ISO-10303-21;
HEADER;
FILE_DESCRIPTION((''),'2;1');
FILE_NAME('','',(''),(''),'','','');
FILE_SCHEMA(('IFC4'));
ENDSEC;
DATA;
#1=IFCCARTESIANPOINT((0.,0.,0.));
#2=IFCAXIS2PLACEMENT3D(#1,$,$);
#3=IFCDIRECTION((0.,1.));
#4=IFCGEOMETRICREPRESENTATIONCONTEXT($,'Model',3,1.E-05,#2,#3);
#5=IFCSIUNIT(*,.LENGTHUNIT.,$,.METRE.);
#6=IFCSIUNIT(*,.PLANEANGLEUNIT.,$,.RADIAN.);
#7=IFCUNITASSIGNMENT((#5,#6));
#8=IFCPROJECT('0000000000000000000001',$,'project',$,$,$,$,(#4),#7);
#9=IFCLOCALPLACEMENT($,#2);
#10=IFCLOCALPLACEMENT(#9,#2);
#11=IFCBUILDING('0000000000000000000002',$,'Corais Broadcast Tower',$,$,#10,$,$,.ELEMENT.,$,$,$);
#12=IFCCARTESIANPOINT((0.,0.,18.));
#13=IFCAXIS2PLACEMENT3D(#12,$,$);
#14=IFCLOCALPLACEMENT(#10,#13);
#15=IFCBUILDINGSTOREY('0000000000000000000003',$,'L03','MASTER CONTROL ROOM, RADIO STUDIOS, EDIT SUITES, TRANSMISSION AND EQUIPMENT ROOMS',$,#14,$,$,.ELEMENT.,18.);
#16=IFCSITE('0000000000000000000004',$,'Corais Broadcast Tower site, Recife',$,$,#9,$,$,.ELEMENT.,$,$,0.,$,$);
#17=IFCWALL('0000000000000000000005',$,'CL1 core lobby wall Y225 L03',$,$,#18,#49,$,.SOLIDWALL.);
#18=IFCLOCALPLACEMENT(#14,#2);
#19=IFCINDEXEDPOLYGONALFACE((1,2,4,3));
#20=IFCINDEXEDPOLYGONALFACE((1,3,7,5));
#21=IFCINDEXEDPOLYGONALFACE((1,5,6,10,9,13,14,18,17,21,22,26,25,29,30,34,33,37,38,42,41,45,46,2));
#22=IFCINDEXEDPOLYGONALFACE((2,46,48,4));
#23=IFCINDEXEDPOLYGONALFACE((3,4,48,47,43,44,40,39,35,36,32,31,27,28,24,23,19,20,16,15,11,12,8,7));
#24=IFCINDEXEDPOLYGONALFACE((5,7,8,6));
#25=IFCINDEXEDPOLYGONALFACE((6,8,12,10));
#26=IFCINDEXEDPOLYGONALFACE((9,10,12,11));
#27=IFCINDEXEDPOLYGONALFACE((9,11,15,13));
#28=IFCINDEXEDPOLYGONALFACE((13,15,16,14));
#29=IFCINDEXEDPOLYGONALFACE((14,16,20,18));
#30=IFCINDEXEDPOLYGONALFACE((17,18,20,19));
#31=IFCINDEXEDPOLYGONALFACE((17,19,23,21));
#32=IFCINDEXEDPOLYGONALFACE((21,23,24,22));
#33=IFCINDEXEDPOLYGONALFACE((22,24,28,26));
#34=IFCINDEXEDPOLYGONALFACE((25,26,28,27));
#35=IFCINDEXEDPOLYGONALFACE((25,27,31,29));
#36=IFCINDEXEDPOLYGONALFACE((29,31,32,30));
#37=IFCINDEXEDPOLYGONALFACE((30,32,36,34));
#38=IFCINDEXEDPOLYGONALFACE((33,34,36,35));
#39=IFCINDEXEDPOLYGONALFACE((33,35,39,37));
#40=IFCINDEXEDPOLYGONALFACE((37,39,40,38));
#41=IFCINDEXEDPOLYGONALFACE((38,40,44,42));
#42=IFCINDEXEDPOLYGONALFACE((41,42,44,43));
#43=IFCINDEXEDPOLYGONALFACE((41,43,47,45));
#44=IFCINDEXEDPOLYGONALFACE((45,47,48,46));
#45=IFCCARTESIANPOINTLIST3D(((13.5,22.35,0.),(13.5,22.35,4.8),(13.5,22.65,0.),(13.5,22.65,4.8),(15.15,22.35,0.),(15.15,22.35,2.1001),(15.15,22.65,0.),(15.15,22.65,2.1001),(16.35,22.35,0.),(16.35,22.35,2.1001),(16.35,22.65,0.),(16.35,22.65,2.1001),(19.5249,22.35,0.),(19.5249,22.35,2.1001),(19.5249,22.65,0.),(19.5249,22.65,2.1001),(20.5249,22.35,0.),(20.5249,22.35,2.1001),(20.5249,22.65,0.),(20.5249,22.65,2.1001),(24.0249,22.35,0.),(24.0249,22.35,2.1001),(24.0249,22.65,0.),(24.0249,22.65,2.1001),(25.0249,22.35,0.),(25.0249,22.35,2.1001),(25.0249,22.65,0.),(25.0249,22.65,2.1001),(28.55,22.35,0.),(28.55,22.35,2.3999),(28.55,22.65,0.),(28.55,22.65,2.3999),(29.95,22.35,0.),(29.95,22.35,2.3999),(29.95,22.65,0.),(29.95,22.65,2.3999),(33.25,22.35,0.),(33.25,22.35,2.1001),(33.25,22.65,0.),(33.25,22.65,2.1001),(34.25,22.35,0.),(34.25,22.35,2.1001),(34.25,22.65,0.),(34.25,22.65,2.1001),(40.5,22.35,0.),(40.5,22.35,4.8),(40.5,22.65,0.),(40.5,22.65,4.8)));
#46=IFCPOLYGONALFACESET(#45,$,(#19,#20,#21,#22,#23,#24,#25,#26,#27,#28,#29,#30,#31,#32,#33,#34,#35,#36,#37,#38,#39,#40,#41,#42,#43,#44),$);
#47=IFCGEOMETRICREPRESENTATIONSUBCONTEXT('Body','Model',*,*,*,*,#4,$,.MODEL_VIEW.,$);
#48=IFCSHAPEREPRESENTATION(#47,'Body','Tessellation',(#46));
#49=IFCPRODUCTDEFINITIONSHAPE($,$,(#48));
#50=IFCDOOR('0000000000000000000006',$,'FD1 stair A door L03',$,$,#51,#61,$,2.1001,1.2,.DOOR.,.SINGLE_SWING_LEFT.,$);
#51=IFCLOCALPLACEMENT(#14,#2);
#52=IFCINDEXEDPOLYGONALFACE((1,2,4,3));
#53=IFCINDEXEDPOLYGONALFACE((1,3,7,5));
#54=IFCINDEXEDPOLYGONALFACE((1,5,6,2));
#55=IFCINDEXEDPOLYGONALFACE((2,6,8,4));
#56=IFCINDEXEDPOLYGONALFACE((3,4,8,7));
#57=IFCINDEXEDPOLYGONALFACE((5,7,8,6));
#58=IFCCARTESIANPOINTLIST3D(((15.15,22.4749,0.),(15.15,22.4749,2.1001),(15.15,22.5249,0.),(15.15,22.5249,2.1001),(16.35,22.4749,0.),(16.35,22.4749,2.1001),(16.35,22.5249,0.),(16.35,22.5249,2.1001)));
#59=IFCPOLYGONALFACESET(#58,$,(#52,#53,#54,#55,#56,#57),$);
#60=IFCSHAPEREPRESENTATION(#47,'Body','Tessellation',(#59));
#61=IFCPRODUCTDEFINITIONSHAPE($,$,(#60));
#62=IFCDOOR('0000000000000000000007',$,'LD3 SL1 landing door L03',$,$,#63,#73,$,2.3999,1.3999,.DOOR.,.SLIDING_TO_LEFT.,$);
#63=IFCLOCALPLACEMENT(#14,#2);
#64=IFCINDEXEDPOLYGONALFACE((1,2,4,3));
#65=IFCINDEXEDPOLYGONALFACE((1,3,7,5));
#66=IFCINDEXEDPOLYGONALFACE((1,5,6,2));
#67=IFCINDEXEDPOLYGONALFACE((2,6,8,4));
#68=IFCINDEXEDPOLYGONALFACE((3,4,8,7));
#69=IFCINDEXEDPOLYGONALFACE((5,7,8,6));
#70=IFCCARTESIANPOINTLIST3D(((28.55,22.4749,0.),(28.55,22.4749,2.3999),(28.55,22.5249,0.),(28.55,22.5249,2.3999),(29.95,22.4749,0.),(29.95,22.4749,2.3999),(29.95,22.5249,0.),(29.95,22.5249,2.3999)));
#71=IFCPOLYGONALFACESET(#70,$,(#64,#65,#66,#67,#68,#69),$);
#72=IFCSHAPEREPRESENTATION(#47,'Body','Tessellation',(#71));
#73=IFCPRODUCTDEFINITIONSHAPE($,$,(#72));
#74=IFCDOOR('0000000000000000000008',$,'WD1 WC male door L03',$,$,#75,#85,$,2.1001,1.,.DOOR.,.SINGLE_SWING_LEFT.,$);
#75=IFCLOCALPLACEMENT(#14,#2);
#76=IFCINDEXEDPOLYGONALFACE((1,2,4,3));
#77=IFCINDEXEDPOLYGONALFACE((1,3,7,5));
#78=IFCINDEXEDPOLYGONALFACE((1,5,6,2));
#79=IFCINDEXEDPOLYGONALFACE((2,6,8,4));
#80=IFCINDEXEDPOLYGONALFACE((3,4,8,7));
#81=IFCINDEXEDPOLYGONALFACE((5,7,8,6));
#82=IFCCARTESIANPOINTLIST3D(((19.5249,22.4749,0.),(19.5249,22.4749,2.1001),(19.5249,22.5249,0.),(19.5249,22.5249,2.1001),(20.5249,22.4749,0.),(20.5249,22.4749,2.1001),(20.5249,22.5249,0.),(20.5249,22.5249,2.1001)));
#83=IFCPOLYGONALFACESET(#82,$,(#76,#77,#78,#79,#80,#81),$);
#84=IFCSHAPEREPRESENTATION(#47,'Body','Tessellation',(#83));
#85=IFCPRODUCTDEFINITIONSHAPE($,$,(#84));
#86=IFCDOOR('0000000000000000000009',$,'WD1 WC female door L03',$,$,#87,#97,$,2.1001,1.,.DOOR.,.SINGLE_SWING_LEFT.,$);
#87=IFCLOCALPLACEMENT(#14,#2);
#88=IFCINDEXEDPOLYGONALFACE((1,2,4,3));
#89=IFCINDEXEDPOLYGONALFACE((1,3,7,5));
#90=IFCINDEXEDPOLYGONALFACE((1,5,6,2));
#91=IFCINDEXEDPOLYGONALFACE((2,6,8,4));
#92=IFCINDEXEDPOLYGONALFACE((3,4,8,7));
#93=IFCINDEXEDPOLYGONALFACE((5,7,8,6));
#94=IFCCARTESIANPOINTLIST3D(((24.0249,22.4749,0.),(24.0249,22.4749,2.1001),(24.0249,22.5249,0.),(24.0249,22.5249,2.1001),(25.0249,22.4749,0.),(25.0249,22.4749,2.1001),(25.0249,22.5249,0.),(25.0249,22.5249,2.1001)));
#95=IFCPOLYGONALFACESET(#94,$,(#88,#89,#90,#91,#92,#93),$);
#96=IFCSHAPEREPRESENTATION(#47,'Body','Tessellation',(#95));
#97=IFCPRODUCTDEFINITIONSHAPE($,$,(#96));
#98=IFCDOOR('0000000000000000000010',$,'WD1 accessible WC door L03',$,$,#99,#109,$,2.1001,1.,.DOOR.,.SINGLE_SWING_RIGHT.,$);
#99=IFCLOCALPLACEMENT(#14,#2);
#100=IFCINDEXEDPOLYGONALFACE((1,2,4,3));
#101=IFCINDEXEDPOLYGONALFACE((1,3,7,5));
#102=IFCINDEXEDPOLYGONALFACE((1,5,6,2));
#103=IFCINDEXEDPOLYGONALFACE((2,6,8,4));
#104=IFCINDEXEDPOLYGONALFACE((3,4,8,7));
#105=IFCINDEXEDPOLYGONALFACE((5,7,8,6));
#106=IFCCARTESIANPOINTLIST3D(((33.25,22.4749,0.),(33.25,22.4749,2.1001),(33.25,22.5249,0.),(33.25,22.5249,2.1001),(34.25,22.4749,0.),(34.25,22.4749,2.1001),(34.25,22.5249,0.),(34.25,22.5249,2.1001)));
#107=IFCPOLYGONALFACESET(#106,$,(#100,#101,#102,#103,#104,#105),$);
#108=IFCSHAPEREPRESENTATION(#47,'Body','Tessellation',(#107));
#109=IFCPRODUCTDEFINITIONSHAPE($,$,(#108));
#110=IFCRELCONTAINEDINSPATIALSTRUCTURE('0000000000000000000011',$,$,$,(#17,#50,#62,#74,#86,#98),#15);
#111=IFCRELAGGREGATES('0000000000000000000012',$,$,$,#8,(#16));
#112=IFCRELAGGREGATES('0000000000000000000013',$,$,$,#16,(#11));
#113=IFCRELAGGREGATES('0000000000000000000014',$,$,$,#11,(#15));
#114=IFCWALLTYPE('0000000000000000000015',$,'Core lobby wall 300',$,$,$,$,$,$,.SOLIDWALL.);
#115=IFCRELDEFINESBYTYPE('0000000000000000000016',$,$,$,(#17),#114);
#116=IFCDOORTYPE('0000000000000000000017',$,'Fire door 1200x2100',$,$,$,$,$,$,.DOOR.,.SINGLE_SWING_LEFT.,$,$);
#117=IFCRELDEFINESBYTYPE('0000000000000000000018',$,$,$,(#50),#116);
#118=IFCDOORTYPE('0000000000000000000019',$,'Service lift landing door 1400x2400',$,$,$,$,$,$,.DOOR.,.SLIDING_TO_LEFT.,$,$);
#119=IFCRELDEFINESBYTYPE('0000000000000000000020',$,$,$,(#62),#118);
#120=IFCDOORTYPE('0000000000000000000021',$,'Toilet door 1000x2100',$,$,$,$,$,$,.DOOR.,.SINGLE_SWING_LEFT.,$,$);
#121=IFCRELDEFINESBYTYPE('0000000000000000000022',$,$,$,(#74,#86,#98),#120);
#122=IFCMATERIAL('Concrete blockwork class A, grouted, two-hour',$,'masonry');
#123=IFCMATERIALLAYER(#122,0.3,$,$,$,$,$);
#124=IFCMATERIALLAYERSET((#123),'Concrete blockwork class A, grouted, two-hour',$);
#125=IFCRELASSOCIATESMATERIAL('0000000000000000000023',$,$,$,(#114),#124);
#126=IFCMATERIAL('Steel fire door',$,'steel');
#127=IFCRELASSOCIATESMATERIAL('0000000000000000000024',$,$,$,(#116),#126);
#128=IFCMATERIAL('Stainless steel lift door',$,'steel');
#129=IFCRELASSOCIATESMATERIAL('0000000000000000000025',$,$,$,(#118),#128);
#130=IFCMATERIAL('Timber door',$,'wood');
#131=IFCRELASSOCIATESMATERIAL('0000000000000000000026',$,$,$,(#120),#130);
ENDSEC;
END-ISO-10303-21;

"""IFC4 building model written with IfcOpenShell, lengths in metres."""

from ifc_helpers import new_model, si_unit, direction, frame, frame_2d, origin, place, context, subcontext, project, spatial, rectangle, extrude, material, layer, layer_set, type_object, element, fill, save


model = new_model("IFC4")

# Units and contexts
model_context = context("Model", 3, precision=1e-05, world=origin(), true_north=direction((0.0, 1.0)))
body_context = subcontext(model_context, "Body", "Model", "MODEL_VIEW")
ifc_project = project(units=[si_unit("LENGTHUNIT", "METRE"), si_unit("PLANEANGLEUNIT", "RADIAN")], contexts=[model_context])

# Site, building, storey
site_placement = place(None, origin())
site = spatial("IfcSite", under=ifc_project, at=site_placement, Name="Corais Broadcast Tower site, Recife", CompositionType="ELEMENT", RefElevation=0.0)
building_placement = place(site_placement, origin())
building = spatial("IfcBuilding", under=site, at=building_placement, Name="Corais Broadcast Tower", CompositionType="ELEMENT")
storey_placement = place(building_placement, frame((0.0, 0.0, 18.0)))
storey = spatial("IfcBuildingStorey", under=building, at=storey_placement, Name="L03", Description="MASTER CONTROL ROOM, RADIO STUDIOS, EDIT SUITES, TRANSMISSION AND EQUIPMENT ROOMS", CompositionType="ELEMENT", Elevation=18.0)

# Wall, openings, doors
ifc_material_1 = material(Name="Concrete blockwork class A, grouted, two-hour", Category="masonry")
ifc_layer_1 = layer(ifc_material_1, 0.3)
ifc_layer_set_1 = layer_set([ifc_layer_1], Name="Concrete blockwork class A, grouted, two-hour")
wall_type_1 = type_object("IfcWallType", Name="Core lobby wall 300", PredefinedType="SOLIDWALL", material=ifc_layer_set_1)
wall_1_placement = place(storey_placement, frame((13.5, 22.5, 0.0), z_axis=(0.0, 0.0, 1.0), x_axis=(1.0, 0.0, 0.0)))
wall_1 = element("IfcWall", 1, at=wall_1_placement, inside=storey, type_object=wall_type_1, Name="CL1 core lobby wall Y225 L03", PredefinedType="SOLIDWALL", context=body_context, shape_type="SweptSolid", body=[
    extrude(rectangle(XDim=27.0, YDim=0.3, at=frame_2d((13.5, 0.0))), origin(), (0.0, 0.0, 1.0), 4.8),
])
opening_1_placement = place(wall_1_placement, frame((1.6499, 0.0, 0.0)))
opening_1 = element("IfcOpeningElement", 2, at=opening_1_placement, cuts=wall_1, PredefinedType="OPENING", context=body_context, shape_type="SweptSolid", body=[
    extrude(rectangle(XDim=1.2, YDim=2.1001, at=frame_2d((0.6001, 1.05))), frame((0.0, 0.1599, 0.0), z_axis=(0.0, -1.0, 0.0), x_axis=(1.0, 0.0, 0.0)), (0.0, 0.0, 1.0), 0.3201),
])
opening_2_placement = place(wall_1_placement, frame((6.0249, 0.0, 0.0)))
opening_2 = element("IfcOpeningElement", 3, at=opening_2_placement, cuts=wall_1, PredefinedType="OPENING", context=body_context, shape_type="SweptSolid", body=[
    extrude(rectangle(XDim=1.0, YDim=2.1001, at=frame_2d((0.5, 1.05))), frame((0.0, 0.1599, 0.0), z_axis=(0.0, -1.0, 0.0), x_axis=(1.0, 0.0, 0.0)), (0.0, 0.0, 1.0), 0.3201),
])
opening_3_placement = place(wall_1_placement, frame((10.5249, 0.0, 0.0)))
opening_3 = element("IfcOpeningElement", 4, at=opening_3_placement, cuts=wall_1, PredefinedType="OPENING", context=body_context, shape_type="SweptSolid", body=[
    extrude(rectangle(XDim=1.0, YDim=2.1001, at=frame_2d((0.5, 1.05))), frame((0.0, 0.1599, 0.0), z_axis=(0.0, -1.0, 0.0), x_axis=(1.0, 0.0, 0.0)), (0.0, 0.0, 1.0), 0.3201),
])
opening_4_placement = place(wall_1_placement, frame((19.75, 0.0, 0.0)))
opening_4 = element("IfcOpeningElement", 5, at=opening_4_placement, cuts=wall_1, PredefinedType="OPENING", context=body_context, shape_type="SweptSolid", body=[
    extrude(rectangle(XDim=1.0, YDim=2.1001, at=frame_2d((0.5, 1.05))), frame((0.0, 0.1599, 0.0), z_axis=(0.0, -1.0, 0.0), x_axis=(1.0, 0.0, 0.0)), (0.0, 0.0, 1.0), 0.3201),
])
opening_5_placement = place(wall_1_placement, frame((15.05, 0.0, 0.0)))
opening_5 = element("IfcOpeningElement", 6, at=opening_5_placement, cuts=wall_1, PredefinedType="OPENING", context=body_context, shape_type="SweptSolid", body=[
    extrude(rectangle(XDim=1.3999, YDim=2.3999, at=frame_2d((0.7, 1.2))), frame((0.0, 0.1599, 0.0), z_axis=(0.0, -1.0, 0.0), x_axis=(1.0, 0.0, 0.0)), (0.0, 0.0, 1.0), 0.3201),
])
ifc_material_2 = material(Name="Steel fire door", Category="steel")
door_type_1 = type_object("IfcDoorType", Name="Fire door 1200x2100", OperationType="SINGLE_SWING_LEFT", PredefinedType="DOOR", material=ifc_material_2)
door_1_placement = place(opening_1_placement, origin())
door_1 = element("IfcDoor", 7, at=door_1_placement, inside=storey, type_object=door_type_1, Name="FD1 stair A door L03", OperationType="SINGLE_SWING_LEFT", OverallHeight=2.1001, OverallWidth=1.2, PredefinedType="DOOR", context=body_context, shape_type="SweptSolid", body=[
    extrude(rectangle(XDim=1.2, YDim=2.1001, at=frame_2d((0.6001, 1.05))), frame((0.0, 0.0249, 0.0), z_axis=(0.0, -1.0, 0.0), x_axis=(1.0, 0.0, 0.0)), (0.0, 0.0, 1.0), 0.05),
])
fill(opening_1, door_1)
ifc_material_3 = material(Name="Stainless steel lift door", Category="steel")
door_type_2 = type_object("IfcDoorType", Name="Service lift landing door 1400x2400", OperationType="SLIDING_TO_LEFT", PredefinedType="DOOR", material=ifc_material_3)
door_2_placement = place(opening_5_placement, origin())
door_2 = element("IfcDoor", 8, at=door_2_placement, inside=storey, type_object=door_type_2, Name="LD3 SL1 landing door L03", OperationType="SLIDING_TO_LEFT", OverallHeight=2.3999, OverallWidth=1.3999, PredefinedType="DOOR", context=body_context, shape_type="SweptSolid", body=[
    extrude(rectangle(XDim=1.3999, YDim=2.3999, at=frame_2d((0.7, 1.2))), frame((0.0, 0.0249, 0.0), z_axis=(0.0, -1.0, 0.0), x_axis=(1.0, 0.0, 0.0)), (0.0, 0.0, 1.0), 0.05),
])
fill(opening_5, door_2)
ifc_material_4 = material(Name="Timber door", Category="wood")
door_type_3 = type_object("IfcDoorType", Name="Toilet door 1000x2100", OperationType="SINGLE_SWING_LEFT", PredefinedType="DOOR", material=ifc_material_4)
door_3_placement = place(opening_2_placement, origin())
door_3 = element("IfcDoor", 9, at=door_3_placement, inside=storey, type_object=door_type_3, Name="WD1 WC male door L03", OperationType="SINGLE_SWING_LEFT", OverallHeight=2.1001, OverallWidth=1.0, PredefinedType="DOOR", context=body_context, shape_type="SweptSolid", body=[
    extrude(rectangle(XDim=1.0, YDim=2.1001, at=frame_2d((0.5, 1.05))), frame((0.0, 0.0249, 0.0), z_axis=(0.0, -1.0, 0.0), x_axis=(1.0, 0.0, 0.0)), (0.0, 0.0, 1.0), 0.05),
])
fill(opening_2, door_3)
door_4_placement = place(opening_3_placement, origin())
door_4 = element("IfcDoor", 10, at=door_4_placement, inside=storey, type_object=door_type_3, Name="WD1 WC female door L03", OperationType="SINGLE_SWING_LEFT", OverallHeight=2.1001, OverallWidth=1.0, PredefinedType="DOOR", context=body_context, shape_type="SweptSolid", body=[
    extrude(rectangle(XDim=1.0, YDim=2.1001, at=frame_2d((0.5, 1.05))), frame((0.0, 0.0249, 0.0), z_axis=(0.0, -1.0, 0.0), x_axis=(1.0, 0.0, 0.0)), (0.0, 0.0, 1.0), 0.05),
])
fill(opening_3, door_4)
door_5_placement = place(opening_4_placement, origin())
door_5 = element("IfcDoor", 11, at=door_5_placement, inside=storey, type_object=door_type_3, Name="WD1 accessible WC door L03", OperationType="SINGLE_SWING_RIGHT", OverallHeight=2.1001, OverallWidth=1.0, PredefinedType="DOOR", context=body_context, shape_type="SweptSolid", body=[
    extrude(rectangle(XDim=1.0, YDim=2.1001, at=frame_2d((0.5, 1.05))), frame((0.0, 0.0249, 0.0), z_axis=(0.0, -1.0, 0.0), x_axis=(1.0, 0.0, 0.0)), (0.0, 0.0, 1.0), 0.05),
])
fill(opening_4, door_5)

save(model, "model.ifc")
